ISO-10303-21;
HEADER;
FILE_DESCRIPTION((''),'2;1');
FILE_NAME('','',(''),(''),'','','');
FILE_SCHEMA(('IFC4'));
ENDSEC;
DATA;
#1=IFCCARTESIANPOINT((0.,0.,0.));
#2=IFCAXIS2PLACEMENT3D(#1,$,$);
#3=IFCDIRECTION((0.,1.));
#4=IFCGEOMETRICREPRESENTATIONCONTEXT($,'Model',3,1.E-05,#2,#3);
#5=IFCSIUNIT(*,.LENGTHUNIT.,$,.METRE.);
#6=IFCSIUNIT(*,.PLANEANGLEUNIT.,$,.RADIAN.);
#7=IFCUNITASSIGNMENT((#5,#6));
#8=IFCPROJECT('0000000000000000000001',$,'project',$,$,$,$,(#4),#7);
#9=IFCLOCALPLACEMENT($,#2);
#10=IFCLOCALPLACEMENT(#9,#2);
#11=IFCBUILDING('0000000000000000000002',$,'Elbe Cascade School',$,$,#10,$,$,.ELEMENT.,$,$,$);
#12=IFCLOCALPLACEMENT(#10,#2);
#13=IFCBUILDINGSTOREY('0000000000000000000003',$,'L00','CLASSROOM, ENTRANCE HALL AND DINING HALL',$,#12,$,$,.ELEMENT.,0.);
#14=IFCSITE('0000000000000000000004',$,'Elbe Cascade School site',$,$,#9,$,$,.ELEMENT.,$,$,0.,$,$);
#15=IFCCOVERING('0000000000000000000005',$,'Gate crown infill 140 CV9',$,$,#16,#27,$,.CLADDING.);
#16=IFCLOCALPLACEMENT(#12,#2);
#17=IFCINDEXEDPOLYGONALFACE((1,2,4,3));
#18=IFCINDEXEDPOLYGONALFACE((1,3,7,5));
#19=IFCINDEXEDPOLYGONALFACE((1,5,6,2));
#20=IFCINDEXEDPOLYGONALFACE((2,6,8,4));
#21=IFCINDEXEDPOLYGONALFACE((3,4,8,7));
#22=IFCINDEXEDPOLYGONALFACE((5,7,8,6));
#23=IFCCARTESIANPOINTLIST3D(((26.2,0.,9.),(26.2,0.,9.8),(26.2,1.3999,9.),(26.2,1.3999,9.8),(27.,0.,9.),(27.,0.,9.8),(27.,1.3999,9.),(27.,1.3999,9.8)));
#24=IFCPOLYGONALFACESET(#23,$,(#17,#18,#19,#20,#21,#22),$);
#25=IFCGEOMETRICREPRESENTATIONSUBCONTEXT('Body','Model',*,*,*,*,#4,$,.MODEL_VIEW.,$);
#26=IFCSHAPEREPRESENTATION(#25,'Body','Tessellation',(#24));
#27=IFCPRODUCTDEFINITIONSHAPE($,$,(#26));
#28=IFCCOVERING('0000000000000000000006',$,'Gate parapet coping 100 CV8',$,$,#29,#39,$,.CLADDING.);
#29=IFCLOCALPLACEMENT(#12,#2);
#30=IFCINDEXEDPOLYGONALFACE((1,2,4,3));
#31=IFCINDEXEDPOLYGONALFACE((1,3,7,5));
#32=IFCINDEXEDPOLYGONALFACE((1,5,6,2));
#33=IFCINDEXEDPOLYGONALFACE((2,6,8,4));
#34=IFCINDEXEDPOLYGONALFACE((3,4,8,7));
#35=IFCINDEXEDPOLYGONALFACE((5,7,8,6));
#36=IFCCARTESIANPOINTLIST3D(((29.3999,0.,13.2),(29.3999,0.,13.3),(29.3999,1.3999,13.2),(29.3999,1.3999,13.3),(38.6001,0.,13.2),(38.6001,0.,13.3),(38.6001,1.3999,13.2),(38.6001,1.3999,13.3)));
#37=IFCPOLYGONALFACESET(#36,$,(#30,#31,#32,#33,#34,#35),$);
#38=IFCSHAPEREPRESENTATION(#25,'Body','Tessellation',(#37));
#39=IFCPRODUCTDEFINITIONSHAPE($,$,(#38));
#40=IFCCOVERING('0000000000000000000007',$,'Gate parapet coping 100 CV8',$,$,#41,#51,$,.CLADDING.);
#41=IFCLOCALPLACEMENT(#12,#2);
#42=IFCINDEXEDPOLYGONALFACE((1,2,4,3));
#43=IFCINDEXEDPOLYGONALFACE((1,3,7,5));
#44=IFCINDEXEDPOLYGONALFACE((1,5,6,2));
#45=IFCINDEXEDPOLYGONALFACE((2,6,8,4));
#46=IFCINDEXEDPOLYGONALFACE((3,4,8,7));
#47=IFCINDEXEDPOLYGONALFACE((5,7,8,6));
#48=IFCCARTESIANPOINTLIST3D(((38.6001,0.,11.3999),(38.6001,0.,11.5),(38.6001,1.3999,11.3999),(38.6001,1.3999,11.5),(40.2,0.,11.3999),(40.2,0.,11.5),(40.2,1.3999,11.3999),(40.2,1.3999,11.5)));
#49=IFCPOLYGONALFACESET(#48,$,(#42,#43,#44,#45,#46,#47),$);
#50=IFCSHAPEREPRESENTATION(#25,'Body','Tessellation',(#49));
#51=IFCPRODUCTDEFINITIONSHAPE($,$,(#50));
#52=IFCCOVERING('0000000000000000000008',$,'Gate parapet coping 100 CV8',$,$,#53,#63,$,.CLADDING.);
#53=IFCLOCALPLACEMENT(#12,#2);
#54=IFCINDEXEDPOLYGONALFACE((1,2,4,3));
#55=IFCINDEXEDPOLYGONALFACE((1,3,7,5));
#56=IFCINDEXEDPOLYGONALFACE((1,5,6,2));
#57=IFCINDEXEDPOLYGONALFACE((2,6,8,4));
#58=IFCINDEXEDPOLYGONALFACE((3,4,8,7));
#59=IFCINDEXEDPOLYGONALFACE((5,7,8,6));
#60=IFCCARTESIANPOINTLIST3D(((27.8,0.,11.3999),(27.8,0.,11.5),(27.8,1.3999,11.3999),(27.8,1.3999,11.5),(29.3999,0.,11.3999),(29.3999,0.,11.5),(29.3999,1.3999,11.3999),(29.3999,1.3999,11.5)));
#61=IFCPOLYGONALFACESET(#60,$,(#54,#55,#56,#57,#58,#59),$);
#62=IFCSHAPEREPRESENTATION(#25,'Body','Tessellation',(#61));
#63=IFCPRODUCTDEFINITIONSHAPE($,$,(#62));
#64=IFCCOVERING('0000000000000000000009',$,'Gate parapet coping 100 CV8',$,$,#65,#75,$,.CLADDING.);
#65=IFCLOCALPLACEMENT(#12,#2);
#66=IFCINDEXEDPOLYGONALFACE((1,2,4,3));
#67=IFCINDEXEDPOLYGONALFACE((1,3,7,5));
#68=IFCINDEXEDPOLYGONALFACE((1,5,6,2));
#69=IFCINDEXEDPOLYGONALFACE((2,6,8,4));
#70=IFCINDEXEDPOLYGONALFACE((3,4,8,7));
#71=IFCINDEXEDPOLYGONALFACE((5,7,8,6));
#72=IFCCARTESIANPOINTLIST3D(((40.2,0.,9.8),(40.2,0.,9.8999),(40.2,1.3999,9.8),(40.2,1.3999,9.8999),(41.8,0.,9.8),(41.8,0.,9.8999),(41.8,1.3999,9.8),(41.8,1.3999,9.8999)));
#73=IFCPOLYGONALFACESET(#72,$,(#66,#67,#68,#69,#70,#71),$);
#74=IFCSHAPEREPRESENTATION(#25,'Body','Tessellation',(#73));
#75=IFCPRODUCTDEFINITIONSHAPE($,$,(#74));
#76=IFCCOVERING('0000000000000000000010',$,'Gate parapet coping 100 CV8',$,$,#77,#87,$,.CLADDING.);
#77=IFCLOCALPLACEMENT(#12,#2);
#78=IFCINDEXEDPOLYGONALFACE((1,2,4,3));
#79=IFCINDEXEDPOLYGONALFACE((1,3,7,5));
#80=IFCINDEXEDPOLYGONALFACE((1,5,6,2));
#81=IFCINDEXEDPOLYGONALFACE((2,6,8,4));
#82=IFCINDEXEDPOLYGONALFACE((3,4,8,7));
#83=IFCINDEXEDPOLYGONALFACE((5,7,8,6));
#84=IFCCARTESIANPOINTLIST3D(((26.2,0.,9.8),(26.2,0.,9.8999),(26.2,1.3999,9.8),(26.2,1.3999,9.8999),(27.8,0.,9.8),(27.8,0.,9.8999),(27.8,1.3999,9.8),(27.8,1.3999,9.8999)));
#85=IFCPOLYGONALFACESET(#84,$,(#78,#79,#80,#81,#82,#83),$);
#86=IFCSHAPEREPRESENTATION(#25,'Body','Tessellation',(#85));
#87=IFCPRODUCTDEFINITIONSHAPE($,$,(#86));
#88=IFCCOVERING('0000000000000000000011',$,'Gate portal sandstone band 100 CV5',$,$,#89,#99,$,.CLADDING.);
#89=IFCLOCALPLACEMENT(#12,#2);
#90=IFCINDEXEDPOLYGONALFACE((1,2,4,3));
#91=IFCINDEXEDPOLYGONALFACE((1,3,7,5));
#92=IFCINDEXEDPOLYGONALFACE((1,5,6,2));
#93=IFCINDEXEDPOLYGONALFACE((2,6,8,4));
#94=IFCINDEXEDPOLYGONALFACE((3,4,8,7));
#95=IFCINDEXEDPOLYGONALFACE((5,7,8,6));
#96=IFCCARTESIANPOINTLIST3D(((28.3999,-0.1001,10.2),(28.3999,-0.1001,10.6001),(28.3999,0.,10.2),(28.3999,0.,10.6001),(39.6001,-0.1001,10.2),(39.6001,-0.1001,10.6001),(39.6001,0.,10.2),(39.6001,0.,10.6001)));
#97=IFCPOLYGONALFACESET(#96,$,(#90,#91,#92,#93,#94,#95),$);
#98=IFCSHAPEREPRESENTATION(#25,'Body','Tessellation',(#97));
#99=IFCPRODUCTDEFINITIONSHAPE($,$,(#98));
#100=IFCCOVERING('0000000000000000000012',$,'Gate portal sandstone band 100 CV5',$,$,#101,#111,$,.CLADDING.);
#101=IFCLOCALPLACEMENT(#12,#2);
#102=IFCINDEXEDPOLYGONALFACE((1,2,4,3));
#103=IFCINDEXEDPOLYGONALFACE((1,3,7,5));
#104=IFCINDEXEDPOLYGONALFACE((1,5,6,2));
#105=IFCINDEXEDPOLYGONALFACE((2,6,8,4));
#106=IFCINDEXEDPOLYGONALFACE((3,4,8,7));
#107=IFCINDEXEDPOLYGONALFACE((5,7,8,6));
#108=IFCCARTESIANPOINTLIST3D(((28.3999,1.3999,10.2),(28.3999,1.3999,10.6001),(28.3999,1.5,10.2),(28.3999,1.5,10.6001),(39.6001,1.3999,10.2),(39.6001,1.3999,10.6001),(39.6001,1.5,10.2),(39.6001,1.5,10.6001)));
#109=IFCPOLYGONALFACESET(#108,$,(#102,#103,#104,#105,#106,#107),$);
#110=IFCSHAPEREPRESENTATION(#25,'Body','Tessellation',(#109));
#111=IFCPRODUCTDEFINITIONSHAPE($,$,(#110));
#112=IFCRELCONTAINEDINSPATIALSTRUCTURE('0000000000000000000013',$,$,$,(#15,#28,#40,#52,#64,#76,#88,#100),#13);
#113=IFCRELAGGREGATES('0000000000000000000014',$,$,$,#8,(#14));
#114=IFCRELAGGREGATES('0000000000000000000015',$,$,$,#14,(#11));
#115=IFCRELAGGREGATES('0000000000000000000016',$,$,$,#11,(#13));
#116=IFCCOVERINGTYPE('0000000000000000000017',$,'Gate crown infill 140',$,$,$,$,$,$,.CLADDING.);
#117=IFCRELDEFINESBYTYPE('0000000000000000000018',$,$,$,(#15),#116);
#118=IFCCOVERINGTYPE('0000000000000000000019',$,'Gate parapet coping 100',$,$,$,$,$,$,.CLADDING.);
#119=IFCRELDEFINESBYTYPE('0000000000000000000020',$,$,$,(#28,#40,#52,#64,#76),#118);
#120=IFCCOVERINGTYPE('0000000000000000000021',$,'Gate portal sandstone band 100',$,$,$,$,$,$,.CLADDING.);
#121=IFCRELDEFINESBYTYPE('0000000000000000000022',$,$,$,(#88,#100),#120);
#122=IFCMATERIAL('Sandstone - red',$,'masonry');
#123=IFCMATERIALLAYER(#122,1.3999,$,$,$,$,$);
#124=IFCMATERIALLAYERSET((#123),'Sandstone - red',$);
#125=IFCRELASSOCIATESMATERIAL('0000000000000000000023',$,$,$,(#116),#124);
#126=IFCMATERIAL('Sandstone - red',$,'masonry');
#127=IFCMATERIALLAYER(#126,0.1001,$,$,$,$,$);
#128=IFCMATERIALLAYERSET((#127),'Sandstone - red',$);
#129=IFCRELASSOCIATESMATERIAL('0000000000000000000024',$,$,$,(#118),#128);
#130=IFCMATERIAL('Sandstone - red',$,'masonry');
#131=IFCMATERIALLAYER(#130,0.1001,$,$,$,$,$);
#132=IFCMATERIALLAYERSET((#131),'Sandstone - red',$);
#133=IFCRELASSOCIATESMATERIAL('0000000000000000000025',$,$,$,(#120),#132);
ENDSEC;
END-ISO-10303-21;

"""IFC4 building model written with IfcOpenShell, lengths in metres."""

from ifc_helpers import new_model, si_unit, direction, frame, origin, place, context, subcontext, project, spatial, polyline, outline, extrude, material, layer, layer_set, type_object, element, save


model = new_model("IFC4")

# Units and contexts
model_context = context("Model", 3, precision=1e-05, world=origin(), true_north=direction((0.0, 1.0)))
body_context = subcontext(model_context, "Body", "Model", "MODEL_VIEW")
ifc_project = project(units=[si_unit("LENGTHUNIT", "METRE"), si_unit("PLANEANGLEUNIT", "RADIAN")], contexts=[model_context])

# Site, building, storey
site_placement = place(None, origin())
site = spatial("IfcSite", under=ifc_project, at=site_placement, Name="Elbe Cascade School site", CompositionType="ELEMENT", RefElevation=0.0)
building_placement = place(site_placement, origin())
building = spatial("IfcBuilding", under=site, at=building_placement, Name="Elbe Cascade School", CompositionType="ELEMENT")
storey_placement = place(building_placement, origin())
storey = spatial("IfcBuildingStorey", under=building, at=storey_placement, Name="L00", Description="CLASSROOM, ENTRANCE HALL AND DINING HALL", CompositionType="ELEMENT", Elevation=0.0)

# Coverings
ifc_material_1 = material(Name="Sandstone - red", Category="masonry")
ifc_layer_1 = layer(ifc_material_1, 1.3999)
ifc_layer_set_1 = layer_set([ifc_layer_1], Name="Sandstone - red")
covering_type_1 = type_object("IfcCoveringType", Name="Gate crown infill 140", PredefinedType="CLADDING", material=ifc_layer_set_1)
covering_1_placement = place(storey_placement, frame((0.0, 0.0, 9.0)))
element("IfcCovering", 1, at=covering_1_placement, inside=storey, type_object=covering_type_1, Name="Gate crown infill 140 CV9", PredefinedType="CLADDING", context=body_context, shape_type="SweptSolid", body=[
    extrude(outline(polyline([(26.2, 0.0), (27.0, 0.0), (27.0, 1.3999), (26.2, 1.3999), (26.2, 0.0)])), origin(), (0.0, 0.0, 1.0), 0.8),
])
ifc_material_2 = material(Name="Sandstone - red", Category="masonry")
ifc_layer_2 = layer(ifc_material_2, 0.1001)
ifc_layer_set_2 = layer_set([ifc_layer_2], Name="Sandstone - red")
covering_type_2 = type_object("IfcCoveringType", Name="Gate parapet coping 100", PredefinedType="CLADDING", material=ifc_layer_set_2)
covering_2_placement = place(storey_placement, frame((0.0, 0.0, 13.2)))
element("IfcCovering", 2, at=covering_2_placement, inside=storey, type_object=covering_type_2, Name="Gate parapet coping 100 CV8", PredefinedType="CLADDING", context=body_context, shape_type="SweptSolid", body=[
    extrude(outline(polyline([(29.3999, 0.0), (38.6001, 0.0), (38.6001, 1.3999), (29.3999, 1.3999), (29.3999, 0.0)])), origin(), (0.0, 0.0, 1.0), 0.1001),
])
covering_3_placement = place(storey_placement, frame((0.0, 0.0, 11.3999)))
element("IfcCovering", 3, at=covering_3_placement, inside=storey, type_object=covering_type_2, Name="Gate parapet coping 100 CV8", PredefinedType="CLADDING", context=body_context, shape_type="SweptSolid", body=[
    extrude(outline(polyline([(38.6001, 0.0), (40.2, 0.0), (40.2, 1.3999), (38.6001, 1.3999), (38.6001, 0.0)])), origin(), (0.0, 0.0, 1.0), 0.1001),
])
covering_4_placement = place(storey_placement, frame((0.0, 0.0, 11.3999)))
element("IfcCovering", 4, at=covering_4_placement, inside=storey, type_object=covering_type_2, Name="Gate parapet coping 100 CV8", PredefinedType="CLADDING", context=body_context, shape_type="SweptSolid", body=[
    extrude(outline(polyline([(27.8, 0.0), (29.3999, 0.0), (29.3999, 1.3999), (27.8, 1.3999), (27.8, 0.0)])), origin(), (0.0, 0.0, 1.0), 0.1001),
])
covering_5_placement = place(storey_placement, frame((0.0, 0.0, 9.8)))
element("IfcCovering", 5, at=covering_5_placement, inside=storey, type_object=covering_type_2, Name="Gate parapet coping 100 CV8", PredefinedType="CLADDING", context=body_context, shape_type="SweptSolid", body=[
    extrude(outline(polyline([(40.2, 0.0), (41.8, 0.0), (41.8, 1.3999), (40.2, 1.3999), (40.2, 0.0)])), origin(), (0.0, 0.0, 1.0), 0.0999),
])
covering_6_placement = place(storey_placement, frame((0.0, 0.0, 9.8)))
element("IfcCovering", 6, at=covering_6_placement, inside=storey, type_object=covering_type_2, Name="Gate parapet coping 100 CV8", PredefinedType="CLADDING", context=body_context, shape_type="SweptSolid", body=[
    extrude(outline(polyline([(26.2, 0.0), (27.8, 0.0), (27.8, 1.3999), (26.2, 1.3999), (26.2, 0.0)])), origin(), (0.0, 0.0, 1.0), 0.0999),
])
ifc_material_3 = material(Name="Sandstone - red", Category="masonry")
ifc_layer_3 = layer(ifc_material_3, 0.1001)
ifc_layer_set_3 = layer_set([ifc_layer_3], Name="Sandstone - red")
covering_type_3 = type_object("IfcCoveringType", Name="Gate portal sandstone band 100", PredefinedType="CLADDING", material=ifc_layer_set_3)
covering_7_placement = place(storey_placement, frame((0.0, 0.0, 10.2)))
element("IfcCovering", 7, at=covering_7_placement, inside=storey, type_object=covering_type_3, Name="Gate portal sandstone band 100 CV5", PredefinedType="CLADDING", context=body_context, shape_type="SweptSolid", body=[
    extrude(outline(polyline([(28.3999, -0.1001), (39.6001, -0.1001), (39.6001, 0.0), (28.3999, 0.0), (28.3999, -0.1001)])), origin(), (0.0, 0.0, 1.0), 0.4001),
])
covering_8_placement = place(storey_placement, frame((0.0, 0.0, 10.2)))
element("IfcCovering", 8, at=covering_8_placement, inside=storey, type_object=covering_type_3, Name="Gate portal sandstone band 100 CV5", PredefinedType="CLADDING", context=body_context, shape_type="SweptSolid", body=[
    extrude(outline(polyline([(28.3999, 1.3999), (39.6001, 1.3999), (39.6001, 1.5), (28.3999, 1.5), (28.3999, 1.3999)])), origin(), (0.0, 0.0, 1.0), 0.4001),
])

save(model, "model.ifc")
